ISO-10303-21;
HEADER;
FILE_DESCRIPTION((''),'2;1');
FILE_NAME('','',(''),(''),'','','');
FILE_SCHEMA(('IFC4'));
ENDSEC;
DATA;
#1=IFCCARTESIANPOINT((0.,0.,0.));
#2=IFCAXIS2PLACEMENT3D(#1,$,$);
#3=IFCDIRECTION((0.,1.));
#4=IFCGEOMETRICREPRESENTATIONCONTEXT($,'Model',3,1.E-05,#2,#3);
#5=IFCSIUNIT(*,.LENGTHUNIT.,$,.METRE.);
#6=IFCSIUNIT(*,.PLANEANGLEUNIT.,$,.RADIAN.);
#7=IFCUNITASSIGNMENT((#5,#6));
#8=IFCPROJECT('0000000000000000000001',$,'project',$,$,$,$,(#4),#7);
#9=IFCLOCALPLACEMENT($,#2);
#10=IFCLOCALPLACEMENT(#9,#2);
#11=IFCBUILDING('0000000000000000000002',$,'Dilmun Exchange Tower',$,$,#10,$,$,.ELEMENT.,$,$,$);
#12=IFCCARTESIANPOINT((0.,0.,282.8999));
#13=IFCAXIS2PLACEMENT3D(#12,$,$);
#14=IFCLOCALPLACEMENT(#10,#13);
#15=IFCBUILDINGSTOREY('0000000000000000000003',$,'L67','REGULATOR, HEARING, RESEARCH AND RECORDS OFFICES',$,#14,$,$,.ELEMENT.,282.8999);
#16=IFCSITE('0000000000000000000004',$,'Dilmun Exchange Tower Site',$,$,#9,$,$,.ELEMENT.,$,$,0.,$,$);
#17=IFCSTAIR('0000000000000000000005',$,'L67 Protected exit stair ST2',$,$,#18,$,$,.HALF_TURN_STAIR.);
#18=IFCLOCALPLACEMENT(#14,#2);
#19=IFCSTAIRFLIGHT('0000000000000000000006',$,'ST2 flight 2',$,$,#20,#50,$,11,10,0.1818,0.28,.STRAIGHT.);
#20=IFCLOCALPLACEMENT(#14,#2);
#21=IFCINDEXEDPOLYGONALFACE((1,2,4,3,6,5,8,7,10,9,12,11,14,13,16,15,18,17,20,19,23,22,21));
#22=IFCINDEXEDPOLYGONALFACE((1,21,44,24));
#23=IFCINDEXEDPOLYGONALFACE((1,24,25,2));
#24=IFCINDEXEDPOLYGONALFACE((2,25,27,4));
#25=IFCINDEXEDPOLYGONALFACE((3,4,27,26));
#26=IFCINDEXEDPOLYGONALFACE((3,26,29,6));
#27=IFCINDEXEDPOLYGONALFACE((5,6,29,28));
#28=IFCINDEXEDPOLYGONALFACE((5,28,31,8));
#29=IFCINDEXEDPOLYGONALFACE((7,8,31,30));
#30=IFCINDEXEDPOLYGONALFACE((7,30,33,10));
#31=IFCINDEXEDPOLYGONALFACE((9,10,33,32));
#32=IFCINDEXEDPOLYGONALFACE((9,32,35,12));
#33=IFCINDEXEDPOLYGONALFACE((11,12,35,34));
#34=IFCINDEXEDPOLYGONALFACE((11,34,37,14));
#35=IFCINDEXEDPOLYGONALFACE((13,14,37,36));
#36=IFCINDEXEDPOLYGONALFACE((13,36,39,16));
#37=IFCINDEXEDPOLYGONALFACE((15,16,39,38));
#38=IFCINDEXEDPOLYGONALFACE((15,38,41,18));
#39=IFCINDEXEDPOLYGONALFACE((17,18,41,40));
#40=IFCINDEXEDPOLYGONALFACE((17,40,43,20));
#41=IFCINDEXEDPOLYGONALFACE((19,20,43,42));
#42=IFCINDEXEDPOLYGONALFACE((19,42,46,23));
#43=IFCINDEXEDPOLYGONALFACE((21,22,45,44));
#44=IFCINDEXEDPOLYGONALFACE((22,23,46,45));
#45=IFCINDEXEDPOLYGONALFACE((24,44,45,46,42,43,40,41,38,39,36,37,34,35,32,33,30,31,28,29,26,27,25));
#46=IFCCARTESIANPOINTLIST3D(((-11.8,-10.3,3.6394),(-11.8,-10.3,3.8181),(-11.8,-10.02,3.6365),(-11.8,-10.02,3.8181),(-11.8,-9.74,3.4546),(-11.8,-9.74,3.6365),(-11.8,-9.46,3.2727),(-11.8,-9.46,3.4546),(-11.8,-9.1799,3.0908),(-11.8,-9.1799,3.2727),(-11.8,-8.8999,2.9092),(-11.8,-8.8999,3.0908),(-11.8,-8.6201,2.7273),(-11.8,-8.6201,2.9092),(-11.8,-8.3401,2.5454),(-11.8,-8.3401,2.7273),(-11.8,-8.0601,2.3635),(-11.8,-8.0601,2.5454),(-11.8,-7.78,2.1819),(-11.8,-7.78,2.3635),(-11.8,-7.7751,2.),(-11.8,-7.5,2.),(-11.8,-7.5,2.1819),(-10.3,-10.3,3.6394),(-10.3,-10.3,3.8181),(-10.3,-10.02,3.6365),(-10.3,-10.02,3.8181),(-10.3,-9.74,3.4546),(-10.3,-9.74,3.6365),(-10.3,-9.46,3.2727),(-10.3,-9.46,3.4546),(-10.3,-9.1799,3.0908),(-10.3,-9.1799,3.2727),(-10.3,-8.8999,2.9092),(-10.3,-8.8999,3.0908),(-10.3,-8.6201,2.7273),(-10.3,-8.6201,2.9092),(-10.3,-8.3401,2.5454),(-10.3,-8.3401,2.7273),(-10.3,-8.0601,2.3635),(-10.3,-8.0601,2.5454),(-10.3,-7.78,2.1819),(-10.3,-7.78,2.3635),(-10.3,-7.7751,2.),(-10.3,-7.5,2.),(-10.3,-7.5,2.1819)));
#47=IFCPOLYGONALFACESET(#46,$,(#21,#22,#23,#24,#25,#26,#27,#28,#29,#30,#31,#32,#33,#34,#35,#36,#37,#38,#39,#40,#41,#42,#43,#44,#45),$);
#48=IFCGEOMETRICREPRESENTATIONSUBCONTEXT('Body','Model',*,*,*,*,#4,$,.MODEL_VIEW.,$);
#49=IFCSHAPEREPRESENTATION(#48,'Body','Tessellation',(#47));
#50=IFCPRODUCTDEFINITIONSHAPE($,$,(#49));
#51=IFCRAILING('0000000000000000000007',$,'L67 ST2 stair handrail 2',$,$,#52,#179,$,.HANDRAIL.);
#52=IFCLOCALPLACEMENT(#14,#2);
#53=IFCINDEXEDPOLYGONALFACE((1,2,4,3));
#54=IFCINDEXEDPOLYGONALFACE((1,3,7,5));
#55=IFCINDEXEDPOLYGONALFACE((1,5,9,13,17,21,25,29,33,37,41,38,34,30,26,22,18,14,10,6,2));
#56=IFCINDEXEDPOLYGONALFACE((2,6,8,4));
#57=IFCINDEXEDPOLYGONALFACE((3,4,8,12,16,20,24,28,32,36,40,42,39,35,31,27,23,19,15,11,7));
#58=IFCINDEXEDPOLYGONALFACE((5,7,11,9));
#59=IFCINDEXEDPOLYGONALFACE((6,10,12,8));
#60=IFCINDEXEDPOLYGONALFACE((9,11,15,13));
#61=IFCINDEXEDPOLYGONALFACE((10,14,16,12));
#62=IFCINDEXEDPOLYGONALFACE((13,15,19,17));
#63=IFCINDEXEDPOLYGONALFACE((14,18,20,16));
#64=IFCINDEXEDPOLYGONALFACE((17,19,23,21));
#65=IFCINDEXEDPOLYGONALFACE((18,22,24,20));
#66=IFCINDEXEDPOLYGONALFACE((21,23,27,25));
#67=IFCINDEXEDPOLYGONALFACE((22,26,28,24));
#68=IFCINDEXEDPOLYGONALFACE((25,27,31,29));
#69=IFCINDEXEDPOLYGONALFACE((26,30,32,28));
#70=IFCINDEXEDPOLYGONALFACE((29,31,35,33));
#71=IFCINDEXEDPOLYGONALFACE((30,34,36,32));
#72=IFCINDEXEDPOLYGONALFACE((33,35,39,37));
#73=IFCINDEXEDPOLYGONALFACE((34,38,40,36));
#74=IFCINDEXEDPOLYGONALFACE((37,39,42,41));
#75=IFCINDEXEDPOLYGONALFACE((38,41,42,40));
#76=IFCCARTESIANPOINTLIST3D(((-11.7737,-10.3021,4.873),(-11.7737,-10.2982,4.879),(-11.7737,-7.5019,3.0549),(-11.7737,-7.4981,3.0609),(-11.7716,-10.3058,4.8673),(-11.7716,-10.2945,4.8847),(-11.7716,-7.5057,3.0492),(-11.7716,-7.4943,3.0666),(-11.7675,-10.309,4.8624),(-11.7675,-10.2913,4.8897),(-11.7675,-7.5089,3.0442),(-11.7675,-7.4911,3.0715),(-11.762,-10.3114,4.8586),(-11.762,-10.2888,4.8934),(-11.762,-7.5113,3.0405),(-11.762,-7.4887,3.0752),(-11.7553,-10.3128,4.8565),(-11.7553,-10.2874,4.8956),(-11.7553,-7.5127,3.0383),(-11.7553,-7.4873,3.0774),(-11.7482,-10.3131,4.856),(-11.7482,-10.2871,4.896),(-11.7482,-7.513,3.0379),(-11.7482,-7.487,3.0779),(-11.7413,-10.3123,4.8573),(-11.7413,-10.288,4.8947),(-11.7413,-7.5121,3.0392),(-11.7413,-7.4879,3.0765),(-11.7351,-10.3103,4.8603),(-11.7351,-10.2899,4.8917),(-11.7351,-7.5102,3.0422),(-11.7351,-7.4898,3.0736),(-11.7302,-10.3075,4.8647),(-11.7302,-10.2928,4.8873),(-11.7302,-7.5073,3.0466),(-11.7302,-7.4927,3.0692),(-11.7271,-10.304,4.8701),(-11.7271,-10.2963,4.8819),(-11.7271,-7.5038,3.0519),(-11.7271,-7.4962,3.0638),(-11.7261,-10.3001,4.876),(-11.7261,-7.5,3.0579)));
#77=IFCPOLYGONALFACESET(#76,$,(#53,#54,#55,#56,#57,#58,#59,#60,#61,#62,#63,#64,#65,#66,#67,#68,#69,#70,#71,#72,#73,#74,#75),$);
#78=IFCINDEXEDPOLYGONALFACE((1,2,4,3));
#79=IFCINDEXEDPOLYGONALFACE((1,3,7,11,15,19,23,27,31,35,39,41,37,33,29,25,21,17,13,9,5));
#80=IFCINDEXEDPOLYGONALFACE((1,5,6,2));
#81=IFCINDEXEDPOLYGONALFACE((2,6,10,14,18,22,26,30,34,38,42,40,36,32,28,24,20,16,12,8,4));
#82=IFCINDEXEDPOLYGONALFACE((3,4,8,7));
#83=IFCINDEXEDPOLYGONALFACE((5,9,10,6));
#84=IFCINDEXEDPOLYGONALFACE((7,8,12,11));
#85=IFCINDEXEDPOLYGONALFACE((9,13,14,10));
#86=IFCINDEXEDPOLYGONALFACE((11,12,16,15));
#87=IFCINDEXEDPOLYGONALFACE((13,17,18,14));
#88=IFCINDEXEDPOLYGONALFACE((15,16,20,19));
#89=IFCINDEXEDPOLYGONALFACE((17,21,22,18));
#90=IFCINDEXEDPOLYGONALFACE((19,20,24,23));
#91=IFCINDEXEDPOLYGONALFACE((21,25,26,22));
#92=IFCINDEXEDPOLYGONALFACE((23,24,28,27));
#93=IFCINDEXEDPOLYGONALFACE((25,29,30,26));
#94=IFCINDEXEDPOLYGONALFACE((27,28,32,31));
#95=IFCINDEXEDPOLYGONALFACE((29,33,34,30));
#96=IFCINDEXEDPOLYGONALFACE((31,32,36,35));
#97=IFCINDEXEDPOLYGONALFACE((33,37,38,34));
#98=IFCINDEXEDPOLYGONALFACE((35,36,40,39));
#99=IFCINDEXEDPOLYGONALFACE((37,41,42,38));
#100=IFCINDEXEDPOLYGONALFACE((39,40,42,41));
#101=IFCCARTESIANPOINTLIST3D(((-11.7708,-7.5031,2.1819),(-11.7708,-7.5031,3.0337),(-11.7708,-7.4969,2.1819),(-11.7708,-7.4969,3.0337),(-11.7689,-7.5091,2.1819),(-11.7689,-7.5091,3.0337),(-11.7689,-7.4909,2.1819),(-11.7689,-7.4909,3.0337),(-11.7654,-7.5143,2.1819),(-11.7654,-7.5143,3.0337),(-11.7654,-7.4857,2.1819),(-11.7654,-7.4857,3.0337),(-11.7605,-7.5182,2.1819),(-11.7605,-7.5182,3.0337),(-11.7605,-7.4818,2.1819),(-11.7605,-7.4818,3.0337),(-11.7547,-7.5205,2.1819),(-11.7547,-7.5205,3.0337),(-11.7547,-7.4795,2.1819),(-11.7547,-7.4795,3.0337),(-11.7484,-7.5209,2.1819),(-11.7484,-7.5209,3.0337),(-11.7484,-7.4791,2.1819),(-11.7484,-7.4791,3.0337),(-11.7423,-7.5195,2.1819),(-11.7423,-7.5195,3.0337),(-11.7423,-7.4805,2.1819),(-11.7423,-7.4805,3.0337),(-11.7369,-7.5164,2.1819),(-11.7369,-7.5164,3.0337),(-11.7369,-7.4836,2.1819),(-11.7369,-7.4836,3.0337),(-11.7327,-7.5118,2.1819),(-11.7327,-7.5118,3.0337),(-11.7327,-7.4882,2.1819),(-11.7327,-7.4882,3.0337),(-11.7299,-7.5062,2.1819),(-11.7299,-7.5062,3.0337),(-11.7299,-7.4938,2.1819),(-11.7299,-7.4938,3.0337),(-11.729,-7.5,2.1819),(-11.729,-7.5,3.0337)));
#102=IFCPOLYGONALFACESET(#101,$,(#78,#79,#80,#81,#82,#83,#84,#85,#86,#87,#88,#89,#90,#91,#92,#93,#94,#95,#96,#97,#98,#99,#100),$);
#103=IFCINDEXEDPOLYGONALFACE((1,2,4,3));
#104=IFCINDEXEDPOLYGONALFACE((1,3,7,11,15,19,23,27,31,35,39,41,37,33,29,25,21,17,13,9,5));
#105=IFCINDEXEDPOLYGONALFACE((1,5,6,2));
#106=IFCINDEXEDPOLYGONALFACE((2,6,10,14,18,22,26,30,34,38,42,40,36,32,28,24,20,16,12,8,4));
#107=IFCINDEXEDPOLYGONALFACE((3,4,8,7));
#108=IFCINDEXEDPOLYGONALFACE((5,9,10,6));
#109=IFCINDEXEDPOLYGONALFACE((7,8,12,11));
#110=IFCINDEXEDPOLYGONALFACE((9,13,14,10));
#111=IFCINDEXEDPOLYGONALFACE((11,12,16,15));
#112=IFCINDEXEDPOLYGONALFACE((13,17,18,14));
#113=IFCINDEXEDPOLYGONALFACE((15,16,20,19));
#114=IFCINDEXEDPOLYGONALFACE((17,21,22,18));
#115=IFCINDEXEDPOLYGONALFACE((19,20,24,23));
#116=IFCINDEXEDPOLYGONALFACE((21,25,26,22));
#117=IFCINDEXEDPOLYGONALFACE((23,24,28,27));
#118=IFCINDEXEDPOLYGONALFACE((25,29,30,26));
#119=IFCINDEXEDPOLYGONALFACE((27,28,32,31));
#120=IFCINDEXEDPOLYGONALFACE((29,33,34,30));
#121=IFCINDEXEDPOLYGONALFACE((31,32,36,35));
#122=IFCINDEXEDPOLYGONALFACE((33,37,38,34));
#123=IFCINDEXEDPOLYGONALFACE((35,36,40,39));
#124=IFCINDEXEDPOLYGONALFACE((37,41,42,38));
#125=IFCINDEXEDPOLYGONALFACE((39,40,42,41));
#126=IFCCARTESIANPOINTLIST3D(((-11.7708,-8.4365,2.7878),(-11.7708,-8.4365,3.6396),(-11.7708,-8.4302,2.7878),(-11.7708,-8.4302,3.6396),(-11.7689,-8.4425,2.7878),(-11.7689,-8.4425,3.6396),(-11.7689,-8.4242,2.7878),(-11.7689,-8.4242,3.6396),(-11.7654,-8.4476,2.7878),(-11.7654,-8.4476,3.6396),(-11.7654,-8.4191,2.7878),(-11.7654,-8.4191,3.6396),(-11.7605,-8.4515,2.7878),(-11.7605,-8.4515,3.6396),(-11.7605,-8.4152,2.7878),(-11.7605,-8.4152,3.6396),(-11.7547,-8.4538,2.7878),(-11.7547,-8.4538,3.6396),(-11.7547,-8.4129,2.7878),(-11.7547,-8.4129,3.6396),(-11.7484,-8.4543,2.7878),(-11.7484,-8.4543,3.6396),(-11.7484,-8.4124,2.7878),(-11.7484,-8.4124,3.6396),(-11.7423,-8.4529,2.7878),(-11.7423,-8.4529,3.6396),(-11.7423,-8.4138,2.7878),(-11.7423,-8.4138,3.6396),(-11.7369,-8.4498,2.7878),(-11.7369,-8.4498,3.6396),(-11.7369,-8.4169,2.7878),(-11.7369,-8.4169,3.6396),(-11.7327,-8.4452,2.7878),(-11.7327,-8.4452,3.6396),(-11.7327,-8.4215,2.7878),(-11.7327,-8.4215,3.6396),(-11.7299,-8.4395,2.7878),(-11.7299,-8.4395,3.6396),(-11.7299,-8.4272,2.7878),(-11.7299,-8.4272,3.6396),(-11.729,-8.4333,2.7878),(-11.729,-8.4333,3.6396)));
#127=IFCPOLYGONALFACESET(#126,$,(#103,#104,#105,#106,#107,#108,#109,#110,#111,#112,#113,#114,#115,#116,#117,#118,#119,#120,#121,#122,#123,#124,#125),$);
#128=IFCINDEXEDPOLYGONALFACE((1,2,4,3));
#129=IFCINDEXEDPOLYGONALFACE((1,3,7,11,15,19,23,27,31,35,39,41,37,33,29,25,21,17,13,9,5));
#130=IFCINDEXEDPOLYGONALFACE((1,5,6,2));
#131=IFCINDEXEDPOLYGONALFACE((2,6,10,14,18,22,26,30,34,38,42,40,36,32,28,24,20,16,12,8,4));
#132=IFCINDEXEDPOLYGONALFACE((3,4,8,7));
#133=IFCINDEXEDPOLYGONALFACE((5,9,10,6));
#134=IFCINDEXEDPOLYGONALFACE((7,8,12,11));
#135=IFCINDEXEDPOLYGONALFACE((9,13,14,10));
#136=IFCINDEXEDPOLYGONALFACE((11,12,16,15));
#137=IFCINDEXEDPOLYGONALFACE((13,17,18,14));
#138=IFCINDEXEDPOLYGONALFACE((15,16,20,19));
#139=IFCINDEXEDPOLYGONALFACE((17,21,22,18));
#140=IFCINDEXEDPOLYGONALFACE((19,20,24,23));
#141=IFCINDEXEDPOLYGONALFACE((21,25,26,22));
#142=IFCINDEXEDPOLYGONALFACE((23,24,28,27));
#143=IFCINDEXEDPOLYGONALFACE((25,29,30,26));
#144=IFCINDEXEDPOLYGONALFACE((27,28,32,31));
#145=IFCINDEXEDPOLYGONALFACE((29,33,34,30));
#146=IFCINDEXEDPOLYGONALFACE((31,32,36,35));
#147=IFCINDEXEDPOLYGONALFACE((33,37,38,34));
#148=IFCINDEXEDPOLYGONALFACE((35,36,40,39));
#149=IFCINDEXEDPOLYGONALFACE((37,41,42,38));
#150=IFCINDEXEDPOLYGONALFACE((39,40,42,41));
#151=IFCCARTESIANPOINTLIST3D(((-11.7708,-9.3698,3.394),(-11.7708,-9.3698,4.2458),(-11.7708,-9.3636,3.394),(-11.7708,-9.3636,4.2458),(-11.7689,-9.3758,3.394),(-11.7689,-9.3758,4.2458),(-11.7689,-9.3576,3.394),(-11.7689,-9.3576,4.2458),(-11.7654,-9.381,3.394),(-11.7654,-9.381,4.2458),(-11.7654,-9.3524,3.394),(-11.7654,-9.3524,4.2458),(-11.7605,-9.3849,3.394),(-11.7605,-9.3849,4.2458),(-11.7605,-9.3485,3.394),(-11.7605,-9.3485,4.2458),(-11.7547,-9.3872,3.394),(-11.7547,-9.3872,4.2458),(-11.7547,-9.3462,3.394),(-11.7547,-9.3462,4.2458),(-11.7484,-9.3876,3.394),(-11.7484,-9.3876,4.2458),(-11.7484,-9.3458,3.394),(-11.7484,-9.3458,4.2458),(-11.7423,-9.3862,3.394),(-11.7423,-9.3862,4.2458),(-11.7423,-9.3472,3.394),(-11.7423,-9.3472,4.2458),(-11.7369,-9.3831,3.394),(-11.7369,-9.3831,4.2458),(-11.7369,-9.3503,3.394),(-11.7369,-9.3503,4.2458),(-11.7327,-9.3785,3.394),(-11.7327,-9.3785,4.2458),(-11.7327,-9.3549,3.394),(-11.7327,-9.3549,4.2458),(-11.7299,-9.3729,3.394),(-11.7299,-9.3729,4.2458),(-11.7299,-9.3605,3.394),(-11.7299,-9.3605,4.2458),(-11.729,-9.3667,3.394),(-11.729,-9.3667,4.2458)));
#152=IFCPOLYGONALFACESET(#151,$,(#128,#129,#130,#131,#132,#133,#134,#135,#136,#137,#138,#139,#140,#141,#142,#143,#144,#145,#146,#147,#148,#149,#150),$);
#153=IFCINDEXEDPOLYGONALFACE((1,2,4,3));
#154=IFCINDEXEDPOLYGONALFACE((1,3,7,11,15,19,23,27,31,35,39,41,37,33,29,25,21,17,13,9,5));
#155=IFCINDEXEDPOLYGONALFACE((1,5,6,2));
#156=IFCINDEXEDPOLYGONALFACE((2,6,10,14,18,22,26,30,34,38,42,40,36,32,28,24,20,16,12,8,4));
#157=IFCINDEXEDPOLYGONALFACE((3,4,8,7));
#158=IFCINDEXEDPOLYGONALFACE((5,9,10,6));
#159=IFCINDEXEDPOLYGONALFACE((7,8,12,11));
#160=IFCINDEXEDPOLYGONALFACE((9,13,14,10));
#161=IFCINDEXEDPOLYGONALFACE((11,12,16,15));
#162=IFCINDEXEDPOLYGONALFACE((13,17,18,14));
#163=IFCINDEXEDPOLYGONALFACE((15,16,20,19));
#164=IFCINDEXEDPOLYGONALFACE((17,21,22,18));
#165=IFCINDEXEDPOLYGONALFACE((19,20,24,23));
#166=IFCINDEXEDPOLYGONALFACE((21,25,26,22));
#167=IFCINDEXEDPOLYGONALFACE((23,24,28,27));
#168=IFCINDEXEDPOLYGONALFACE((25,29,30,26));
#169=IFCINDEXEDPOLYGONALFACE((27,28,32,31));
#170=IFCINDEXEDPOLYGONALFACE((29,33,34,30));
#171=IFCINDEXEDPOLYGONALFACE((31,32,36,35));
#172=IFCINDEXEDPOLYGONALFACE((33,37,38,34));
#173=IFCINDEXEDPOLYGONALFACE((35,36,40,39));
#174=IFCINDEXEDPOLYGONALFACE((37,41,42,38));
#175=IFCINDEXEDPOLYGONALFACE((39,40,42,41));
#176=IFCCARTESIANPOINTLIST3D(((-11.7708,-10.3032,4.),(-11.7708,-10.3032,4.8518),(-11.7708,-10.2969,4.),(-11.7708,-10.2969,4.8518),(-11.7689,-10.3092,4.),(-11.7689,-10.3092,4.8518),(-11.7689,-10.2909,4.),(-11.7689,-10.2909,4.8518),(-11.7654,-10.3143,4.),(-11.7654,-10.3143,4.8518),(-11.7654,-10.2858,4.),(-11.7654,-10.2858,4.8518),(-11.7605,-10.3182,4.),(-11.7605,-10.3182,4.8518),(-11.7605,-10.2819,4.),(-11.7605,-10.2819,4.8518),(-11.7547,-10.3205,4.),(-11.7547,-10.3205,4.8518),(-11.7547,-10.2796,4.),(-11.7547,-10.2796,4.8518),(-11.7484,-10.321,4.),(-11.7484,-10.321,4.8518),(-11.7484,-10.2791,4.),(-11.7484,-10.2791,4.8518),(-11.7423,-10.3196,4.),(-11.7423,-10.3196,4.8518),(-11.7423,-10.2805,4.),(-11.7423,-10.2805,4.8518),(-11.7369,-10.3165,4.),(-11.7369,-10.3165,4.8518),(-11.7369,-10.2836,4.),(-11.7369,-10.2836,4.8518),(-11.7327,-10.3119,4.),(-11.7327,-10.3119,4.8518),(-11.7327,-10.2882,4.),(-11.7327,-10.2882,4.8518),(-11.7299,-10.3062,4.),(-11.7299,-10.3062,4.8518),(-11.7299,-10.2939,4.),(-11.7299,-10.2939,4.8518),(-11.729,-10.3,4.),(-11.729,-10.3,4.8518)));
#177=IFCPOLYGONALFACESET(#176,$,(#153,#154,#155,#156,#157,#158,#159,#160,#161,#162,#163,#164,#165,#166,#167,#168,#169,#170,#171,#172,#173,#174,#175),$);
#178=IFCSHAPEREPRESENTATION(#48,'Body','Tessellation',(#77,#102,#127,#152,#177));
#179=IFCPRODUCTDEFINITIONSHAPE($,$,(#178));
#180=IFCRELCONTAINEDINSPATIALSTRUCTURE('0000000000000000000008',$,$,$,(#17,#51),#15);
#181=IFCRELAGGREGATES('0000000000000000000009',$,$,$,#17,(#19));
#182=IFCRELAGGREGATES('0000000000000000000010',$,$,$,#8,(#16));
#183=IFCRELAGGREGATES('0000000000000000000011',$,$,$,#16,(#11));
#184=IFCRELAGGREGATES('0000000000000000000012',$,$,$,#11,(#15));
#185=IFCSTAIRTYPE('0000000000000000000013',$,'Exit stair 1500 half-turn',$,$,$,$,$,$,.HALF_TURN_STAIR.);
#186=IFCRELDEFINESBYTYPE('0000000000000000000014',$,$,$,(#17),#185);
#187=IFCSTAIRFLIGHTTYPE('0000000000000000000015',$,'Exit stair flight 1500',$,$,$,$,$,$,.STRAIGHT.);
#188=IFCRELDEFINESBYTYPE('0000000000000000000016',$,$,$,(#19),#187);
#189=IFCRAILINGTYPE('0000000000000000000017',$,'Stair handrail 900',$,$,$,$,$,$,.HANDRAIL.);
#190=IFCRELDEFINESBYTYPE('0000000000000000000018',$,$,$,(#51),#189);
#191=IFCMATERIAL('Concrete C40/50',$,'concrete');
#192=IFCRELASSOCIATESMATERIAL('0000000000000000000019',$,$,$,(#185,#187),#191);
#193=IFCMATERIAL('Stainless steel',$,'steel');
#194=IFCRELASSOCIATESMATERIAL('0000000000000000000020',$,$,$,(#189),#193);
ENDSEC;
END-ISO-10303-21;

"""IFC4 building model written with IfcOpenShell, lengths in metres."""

from ifc_helpers import new_model, si_unit, direction, frame, origin, origin_2d, place, context, subcontext, project, spatial, polyline, circle, outline, extrude, material, type_object, element, aggregate, save


model = new_model("IFC4")

# Units and contexts
model_context = context("Model", 3, precision=1e-05, world=origin(), true_north=direction((0.0, 1.0)))
body_context = subcontext(model_context, "Body", "Model", "MODEL_VIEW")
ifc_project = project(units=[si_unit("LENGTHUNIT", "METRE"), si_unit("PLANEANGLEUNIT", "RADIAN")], contexts=[model_context])

# Site, building, storey
site_placement = place(None, origin())
site = spatial("IfcSite", under=ifc_project, at=site_placement, Name="Dilmun Exchange Tower Site", CompositionType="ELEMENT", RefElevation=0.0)
building_placement = place(site_placement, origin())
building = spatial("IfcBuilding", under=site, at=building_placement, Name="Dilmun Exchange Tower", CompositionType="ELEMENT")
storey_placement = place(building_placement, frame((0.0, 0.0, 282.8999)))
storey = spatial("IfcBuildingStorey", under=building, at=storey_placement, Name="L67", Description="REGULATOR, HEARING, RESEARCH AND RECORDS OFFICES", CompositionType="ELEMENT", Elevation=282.8999)

# Shared definitions
ifc_material_1 = material(Name="Concrete C40/50", Category="concrete")

# Stair, stair flight
stair_type = type_object("IfcStairType", Name="Exit stair 1500 half-turn", PredefinedType="HALF_TURN_STAIR", material=ifc_material_1)
stair_placement = place(storey_placement, origin())
stair = element("IfcStair", 1, at=stair_placement, inside=storey, type_object=stair_type, Name="L67 Protected exit stair ST2", PredefinedType="HALF_TURN_STAIR")
stair_flight_type = type_object("IfcStairFlightType", Name="Exit stair flight 1500", PredefinedType="STRAIGHT", material=ifc_material_1)
stair_flight_placement = place(storey_placement, frame((-11.05, -7.5, 2.0), z_axis=(0.0, 0.0, 1.0), x_axis=(0.0, -1.0, 0.0)))
stair_flight = element("IfcStairFlight", 2, at=stair_flight_placement, type_object=stair_flight_type, Name="ST2 flight 2", NumberOfRisers=11, NumberOfTreads=10, PredefinedType="STRAIGHT", RiserHeight=0.1818, TreadLength=0.28, context=body_context, shape_type="SweptSolid", body=[
    extrude(outline(polyline([(0.0, 0.0), (0.0, 0.1819), (0.28, 0.1819), (0.28, 0.3635), (0.5601, 0.3635), (0.5601, 0.5454), (0.8401, 0.5454), (0.8401, 0.7273), (1.1201, 0.7273), (1.1201, 0.9092), (1.3999, 0.9092), (1.3999, 1.0908), (1.6799, 1.0908), (1.6799, 1.2727), (1.96, 1.2727), (1.96, 1.4546), (2.24, 1.4546), (2.24, 1.6365), (2.52, 1.6365), (2.52, 1.8181), (2.8, 1.8181), (2.8, 2.0), (2.8, 1.6394), (0.2751, 0.0), (0.0, 0.0)])), frame((0.0, 0.75, 0.0), z_axis=(0.0, -1.0, 0.0), x_axis=(1.0, 0.0, 0.0)), (0.0, 0.0, 1.0), 1.5),
])
aggregate(stair, [stair_flight])

# Railing
ifc_material_2 = material(Name="Stainless steel", Category="steel")
railing_type = type_object("IfcRailingType", Name="Stair handrail 900", PredefinedType="HANDRAIL", material=ifc_material_2)
railing_placement = place(storey_placement, frame((-11.75, -7.5, 2.1819)))
element("IfcRailing", 3, at=railing_placement, inside=storey, type_object=railing_type, Name="L67 ST2 stair handrail 2", PredefinedType="HANDRAIL", context=body_context, shape_type="SweptSolid", body=[
    extrude(circle(Radius=0.0239, at=origin_2d()), frame((0.0, 0.0, 0.876), z_axis=(0.0, -0.838706, 0.544585), x_axis=(1.0, 0.0, 0.0)), (0.0, 0.0, 1.0), 3.3386),
    extrude(circle(Radius=0.021, at=origin_2d()), origin(), (0.0, 0.0, 1.0), 0.8518),
    extrude(circle(Radius=0.021, at=origin_2d()), frame((0.0, -0.9333, 0.606)), (0.0, 0.0, 1.0), 0.8518),
    extrude(circle(Radius=0.021, at=origin_2d()), frame((0.0, -1.8667, 1.2122)), (0.0, 0.0, 1.0), 0.8518),
    extrude(circle(Radius=0.021, at=origin_2d()), frame((0.0, -2.8, 1.8181)), (0.0, 0.0, 1.0), 0.8518),
])

save(model, "model.ifc")
